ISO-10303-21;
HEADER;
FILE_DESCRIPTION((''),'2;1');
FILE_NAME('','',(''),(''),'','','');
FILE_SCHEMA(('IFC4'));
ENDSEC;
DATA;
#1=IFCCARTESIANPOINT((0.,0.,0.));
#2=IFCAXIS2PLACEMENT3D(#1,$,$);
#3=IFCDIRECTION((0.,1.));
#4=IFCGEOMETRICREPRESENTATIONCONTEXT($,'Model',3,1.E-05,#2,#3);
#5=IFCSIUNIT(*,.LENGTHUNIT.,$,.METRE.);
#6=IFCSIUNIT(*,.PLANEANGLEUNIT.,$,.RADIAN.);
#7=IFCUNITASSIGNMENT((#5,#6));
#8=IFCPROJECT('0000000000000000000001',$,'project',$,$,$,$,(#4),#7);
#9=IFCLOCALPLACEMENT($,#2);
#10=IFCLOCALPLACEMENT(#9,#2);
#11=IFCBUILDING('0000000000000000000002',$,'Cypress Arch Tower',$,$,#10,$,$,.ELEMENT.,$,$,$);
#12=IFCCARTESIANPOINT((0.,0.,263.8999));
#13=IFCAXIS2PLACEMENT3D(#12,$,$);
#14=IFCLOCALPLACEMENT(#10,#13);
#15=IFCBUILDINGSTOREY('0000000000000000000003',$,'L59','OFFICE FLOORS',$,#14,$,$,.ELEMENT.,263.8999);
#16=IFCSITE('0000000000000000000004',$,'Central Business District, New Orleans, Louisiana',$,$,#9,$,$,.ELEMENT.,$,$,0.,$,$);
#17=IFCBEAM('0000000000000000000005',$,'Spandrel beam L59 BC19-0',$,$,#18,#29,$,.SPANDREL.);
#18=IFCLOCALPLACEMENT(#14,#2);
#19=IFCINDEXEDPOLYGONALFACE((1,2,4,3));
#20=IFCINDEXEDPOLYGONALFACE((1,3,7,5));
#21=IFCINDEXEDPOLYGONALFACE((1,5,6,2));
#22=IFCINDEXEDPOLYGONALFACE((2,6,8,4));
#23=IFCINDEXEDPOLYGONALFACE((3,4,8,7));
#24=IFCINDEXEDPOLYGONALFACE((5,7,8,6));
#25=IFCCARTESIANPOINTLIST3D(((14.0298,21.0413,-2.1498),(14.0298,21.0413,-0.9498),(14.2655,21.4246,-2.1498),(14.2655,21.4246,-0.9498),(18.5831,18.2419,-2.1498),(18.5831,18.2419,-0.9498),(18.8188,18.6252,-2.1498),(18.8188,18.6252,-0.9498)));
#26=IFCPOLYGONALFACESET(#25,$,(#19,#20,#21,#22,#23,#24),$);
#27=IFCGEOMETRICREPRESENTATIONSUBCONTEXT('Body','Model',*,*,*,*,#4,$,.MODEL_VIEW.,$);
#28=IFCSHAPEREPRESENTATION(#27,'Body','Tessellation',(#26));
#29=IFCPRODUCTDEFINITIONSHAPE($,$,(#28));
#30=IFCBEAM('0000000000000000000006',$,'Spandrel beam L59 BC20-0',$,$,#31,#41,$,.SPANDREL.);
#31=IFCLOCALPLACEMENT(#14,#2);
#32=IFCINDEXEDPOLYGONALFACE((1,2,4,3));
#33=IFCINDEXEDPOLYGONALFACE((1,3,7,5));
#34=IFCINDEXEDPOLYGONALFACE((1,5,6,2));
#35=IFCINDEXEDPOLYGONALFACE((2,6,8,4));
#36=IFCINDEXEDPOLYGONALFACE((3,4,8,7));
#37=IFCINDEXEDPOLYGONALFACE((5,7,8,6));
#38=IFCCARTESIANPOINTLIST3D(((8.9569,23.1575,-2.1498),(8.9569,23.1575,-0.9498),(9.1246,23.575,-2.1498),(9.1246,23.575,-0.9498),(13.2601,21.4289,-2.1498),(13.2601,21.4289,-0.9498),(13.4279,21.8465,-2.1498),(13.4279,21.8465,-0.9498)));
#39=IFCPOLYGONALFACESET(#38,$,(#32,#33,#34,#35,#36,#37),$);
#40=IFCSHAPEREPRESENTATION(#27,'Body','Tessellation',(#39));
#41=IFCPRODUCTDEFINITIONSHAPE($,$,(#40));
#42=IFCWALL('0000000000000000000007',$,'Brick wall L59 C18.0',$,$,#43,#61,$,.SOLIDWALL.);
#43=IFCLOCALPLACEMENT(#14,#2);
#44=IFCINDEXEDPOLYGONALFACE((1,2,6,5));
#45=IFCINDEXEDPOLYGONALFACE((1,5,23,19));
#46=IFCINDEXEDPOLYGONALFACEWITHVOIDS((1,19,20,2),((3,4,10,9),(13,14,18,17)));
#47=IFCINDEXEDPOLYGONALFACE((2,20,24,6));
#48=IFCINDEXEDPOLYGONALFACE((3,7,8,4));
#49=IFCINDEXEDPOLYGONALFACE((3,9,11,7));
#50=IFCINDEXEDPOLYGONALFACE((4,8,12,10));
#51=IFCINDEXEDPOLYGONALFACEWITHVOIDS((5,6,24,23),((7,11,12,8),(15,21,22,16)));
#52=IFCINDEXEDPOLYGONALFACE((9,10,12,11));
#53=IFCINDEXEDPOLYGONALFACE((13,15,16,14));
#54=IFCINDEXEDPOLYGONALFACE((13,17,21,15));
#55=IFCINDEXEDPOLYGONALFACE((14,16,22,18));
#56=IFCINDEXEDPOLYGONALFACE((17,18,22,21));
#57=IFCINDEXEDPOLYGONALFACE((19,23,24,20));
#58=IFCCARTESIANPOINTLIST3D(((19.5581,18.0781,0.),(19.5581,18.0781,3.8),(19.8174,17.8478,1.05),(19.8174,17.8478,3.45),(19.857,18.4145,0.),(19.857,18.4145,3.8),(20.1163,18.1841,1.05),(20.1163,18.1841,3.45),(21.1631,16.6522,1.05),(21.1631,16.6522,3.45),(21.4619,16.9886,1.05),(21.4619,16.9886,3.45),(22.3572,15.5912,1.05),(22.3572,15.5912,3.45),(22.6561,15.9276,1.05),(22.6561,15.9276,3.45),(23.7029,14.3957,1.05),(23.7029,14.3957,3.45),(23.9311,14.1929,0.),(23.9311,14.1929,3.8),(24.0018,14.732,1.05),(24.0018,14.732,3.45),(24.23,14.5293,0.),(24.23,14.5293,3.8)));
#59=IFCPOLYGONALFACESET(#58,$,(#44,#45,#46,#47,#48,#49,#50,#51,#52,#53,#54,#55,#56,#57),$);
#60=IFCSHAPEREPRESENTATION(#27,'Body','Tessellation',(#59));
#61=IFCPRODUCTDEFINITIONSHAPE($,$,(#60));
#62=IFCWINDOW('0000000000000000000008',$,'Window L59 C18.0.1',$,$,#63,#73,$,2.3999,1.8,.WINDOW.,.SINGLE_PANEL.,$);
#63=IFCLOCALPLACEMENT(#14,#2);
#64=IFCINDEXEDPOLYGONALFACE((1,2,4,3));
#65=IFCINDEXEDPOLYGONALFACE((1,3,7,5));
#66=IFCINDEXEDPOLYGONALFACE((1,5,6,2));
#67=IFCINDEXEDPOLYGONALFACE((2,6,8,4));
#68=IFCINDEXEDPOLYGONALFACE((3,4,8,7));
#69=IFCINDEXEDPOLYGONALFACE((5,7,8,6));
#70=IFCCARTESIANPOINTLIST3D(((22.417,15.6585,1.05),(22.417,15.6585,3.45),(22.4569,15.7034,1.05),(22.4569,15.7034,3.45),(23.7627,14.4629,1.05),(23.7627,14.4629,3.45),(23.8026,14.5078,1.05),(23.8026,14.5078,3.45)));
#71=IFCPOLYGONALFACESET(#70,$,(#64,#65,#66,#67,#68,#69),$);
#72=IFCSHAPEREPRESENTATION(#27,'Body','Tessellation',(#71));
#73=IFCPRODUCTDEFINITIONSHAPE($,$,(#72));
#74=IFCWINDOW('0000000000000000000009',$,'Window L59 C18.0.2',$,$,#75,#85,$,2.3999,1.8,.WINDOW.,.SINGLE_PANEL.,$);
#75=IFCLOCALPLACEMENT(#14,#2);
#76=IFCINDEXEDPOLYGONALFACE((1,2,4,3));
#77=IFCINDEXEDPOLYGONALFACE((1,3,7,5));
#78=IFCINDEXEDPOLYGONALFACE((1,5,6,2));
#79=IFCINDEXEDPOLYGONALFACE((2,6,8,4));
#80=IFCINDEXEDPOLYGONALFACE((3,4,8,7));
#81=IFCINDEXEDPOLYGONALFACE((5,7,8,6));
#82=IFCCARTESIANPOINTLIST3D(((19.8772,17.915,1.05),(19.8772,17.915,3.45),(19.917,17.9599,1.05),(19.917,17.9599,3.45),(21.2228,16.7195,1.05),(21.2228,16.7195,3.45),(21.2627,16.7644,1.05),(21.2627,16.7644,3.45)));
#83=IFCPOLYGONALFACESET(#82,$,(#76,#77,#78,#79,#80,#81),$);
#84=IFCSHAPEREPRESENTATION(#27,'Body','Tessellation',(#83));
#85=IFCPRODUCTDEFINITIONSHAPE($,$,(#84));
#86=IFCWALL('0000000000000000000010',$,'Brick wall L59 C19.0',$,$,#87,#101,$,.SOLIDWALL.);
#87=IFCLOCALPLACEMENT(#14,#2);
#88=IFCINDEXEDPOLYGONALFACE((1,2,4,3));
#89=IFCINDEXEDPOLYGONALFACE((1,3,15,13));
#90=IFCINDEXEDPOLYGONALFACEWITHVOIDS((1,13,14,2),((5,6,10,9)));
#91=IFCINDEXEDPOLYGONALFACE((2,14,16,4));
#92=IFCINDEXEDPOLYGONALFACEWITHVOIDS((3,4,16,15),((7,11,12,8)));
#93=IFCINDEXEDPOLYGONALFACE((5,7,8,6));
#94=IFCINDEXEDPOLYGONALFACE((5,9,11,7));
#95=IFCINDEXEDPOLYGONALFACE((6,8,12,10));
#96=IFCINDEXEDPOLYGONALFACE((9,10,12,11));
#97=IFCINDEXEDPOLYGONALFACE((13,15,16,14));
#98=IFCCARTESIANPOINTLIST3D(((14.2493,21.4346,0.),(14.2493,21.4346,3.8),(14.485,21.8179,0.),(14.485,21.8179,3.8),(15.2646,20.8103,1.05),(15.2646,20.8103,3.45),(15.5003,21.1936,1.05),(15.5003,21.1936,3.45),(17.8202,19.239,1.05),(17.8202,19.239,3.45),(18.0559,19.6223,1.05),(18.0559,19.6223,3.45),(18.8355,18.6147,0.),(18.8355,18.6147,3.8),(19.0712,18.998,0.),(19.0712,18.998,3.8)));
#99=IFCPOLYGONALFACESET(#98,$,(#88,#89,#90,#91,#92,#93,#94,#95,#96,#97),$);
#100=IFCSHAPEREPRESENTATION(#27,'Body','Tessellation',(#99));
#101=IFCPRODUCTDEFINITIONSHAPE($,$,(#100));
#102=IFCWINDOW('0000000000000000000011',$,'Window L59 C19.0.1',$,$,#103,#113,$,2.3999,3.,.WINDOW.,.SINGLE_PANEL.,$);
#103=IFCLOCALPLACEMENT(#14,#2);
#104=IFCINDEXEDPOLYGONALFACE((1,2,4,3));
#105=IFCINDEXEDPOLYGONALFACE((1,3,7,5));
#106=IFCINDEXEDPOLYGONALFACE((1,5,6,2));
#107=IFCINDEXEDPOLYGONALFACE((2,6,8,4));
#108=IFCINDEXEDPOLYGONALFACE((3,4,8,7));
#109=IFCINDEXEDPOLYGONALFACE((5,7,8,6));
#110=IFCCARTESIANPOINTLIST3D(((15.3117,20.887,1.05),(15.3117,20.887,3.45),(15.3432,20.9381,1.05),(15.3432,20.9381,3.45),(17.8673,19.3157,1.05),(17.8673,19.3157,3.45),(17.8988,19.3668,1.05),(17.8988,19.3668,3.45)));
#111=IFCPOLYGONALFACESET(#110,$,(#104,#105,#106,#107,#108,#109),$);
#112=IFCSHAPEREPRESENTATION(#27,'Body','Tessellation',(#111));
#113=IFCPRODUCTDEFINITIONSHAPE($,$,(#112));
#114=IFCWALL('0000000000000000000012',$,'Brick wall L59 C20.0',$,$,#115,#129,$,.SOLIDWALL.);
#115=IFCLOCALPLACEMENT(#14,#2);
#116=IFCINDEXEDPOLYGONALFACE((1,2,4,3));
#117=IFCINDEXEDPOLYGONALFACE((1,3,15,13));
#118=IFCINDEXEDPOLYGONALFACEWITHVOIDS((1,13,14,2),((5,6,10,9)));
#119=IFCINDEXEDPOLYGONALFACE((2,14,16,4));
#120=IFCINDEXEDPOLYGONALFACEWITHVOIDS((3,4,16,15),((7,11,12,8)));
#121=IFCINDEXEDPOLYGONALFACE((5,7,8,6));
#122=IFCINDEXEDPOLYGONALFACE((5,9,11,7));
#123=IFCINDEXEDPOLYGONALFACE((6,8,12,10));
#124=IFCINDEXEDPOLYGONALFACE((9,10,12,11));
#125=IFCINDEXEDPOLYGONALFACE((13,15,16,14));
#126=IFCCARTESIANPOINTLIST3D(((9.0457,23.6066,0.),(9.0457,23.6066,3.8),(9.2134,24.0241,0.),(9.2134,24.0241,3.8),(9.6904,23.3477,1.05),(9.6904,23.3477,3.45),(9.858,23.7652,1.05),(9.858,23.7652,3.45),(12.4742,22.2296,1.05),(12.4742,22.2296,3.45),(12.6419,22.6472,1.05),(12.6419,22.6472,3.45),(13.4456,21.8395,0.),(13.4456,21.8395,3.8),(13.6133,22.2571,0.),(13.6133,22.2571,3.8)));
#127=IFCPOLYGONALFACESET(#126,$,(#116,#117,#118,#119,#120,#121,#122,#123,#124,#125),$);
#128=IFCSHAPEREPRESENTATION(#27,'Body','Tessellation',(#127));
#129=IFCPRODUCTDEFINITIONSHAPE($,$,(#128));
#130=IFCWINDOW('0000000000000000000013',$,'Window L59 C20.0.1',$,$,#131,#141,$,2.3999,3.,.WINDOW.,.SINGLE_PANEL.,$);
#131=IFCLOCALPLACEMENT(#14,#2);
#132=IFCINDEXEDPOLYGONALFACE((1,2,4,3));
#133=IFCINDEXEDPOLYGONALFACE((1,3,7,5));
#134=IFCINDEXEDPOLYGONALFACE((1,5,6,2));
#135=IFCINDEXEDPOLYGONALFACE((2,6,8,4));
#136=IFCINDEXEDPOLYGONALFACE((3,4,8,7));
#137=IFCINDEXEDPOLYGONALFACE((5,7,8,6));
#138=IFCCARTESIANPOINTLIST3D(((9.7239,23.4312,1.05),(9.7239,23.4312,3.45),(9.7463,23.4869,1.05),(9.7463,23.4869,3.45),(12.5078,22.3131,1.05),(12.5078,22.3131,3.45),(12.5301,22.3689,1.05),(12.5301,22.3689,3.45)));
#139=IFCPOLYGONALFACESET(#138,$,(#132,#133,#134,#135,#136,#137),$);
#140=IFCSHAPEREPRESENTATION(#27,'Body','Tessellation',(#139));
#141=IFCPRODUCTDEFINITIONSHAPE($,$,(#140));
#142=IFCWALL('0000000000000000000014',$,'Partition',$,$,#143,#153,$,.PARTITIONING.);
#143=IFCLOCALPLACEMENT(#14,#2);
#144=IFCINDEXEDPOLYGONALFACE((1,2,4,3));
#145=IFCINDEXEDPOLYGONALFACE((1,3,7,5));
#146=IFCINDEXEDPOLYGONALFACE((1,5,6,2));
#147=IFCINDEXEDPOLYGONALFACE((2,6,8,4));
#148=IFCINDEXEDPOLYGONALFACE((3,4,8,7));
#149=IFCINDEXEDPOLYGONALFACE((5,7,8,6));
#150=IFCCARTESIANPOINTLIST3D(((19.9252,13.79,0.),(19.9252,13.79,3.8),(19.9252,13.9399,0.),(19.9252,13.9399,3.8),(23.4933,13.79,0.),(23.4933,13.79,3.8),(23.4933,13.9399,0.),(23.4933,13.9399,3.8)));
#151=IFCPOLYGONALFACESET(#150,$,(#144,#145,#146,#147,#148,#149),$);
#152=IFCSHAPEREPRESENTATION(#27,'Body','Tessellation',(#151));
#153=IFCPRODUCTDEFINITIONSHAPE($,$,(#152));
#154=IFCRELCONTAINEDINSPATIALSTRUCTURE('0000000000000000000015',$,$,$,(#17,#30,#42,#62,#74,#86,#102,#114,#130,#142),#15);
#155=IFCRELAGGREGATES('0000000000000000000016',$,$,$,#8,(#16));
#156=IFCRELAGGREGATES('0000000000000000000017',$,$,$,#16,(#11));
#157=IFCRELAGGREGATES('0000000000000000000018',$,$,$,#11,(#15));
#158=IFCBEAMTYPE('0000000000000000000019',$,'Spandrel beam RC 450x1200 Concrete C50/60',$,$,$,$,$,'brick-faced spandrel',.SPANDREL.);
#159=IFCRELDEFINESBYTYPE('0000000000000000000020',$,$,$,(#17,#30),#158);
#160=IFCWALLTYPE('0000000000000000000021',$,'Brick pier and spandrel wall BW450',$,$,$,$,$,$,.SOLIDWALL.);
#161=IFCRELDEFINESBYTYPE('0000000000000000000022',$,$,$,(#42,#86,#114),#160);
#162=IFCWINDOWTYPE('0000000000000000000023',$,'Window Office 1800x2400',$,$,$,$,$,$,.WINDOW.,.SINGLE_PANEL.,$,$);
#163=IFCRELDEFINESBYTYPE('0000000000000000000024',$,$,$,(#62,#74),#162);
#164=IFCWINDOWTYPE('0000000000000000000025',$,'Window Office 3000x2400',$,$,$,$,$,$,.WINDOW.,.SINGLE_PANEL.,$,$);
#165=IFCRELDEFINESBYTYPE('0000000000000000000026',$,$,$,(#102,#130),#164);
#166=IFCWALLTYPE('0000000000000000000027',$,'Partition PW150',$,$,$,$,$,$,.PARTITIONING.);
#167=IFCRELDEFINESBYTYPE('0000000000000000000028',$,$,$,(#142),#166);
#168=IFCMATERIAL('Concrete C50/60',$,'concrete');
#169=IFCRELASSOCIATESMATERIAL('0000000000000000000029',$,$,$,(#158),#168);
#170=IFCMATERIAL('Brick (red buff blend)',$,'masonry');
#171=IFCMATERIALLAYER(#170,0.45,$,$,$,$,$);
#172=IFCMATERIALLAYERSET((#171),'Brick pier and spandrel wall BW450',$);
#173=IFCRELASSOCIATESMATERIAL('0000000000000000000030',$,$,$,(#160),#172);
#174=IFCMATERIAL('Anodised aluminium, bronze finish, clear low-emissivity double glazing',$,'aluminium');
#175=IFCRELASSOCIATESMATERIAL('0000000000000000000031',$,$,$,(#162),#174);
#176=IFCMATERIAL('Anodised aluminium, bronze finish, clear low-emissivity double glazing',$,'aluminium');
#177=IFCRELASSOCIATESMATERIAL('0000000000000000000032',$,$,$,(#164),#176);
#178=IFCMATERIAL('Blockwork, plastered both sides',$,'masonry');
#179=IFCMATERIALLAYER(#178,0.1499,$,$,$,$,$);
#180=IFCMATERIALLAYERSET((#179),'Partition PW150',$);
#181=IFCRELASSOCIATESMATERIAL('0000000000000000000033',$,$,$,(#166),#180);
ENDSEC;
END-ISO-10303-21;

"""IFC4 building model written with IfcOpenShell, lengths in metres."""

from ifc_helpers import new_model, si_unit, direction, frame, frame_2d, origin, origin_2d, place, context, subcontext, project, spatial, rectangle, extrude, material, layer, layer_set, material_profile, profile_set, type_object, element, fill, save


model = new_model("IFC4")

# Units and contexts
model_context = context("Model", 3, precision=1e-05, world=origin(), true_north=direction((0.0, 1.0)))
body_context = subcontext(model_context, "Body", "Model", "MODEL_VIEW")
ifc_project = project(units=[si_unit("LENGTHUNIT", "METRE"), si_unit("PLANEANGLEUNIT", "RADIAN")], contexts=[model_context])

# Site, building, storey
site_placement = place(None, origin())
site = spatial("IfcSite", under=ifc_project, at=site_placement, Name="Central Business District, New Orleans, Louisiana", CompositionType="ELEMENT", RefElevation=0.0)
building_placement = place(site_placement, origin())
building = spatial("IfcBuilding", under=site, at=building_placement, Name="Cypress Arch Tower", CompositionType="ELEMENT")
storey_placement = place(building_placement, frame((0.0, 0.0, 263.8999)))
storey = spatial("IfcBuildingStorey", under=building, at=storey_placement, Name="L59", Description="OFFICE FLOORS", CompositionType="ELEMENT", Elevation=263.8999)

# Beams
ifc_material_1 = material(Name="Concrete C50/60", Category="concrete")
ifc_material_profile_1 = material_profile(ifc_material_1, rectangle(XDim=0.45, YDim=1.2, at=origin_2d()), Name="RC 450x1200")
ifc_profile_set_1 = profile_set([ifc_material_profile_1], Name="Concrete C50/60")
beam_type = type_object("IfcBeamType", Name="Spandrel beam RC 450x1200 Concrete C50/60", ElementType="brick-faced spandrel", PredefinedType="SPANDREL", material=ifc_profile_set_1)
beam_1_placement = place(storey_placement, frame((18.7009, 18.4336, -1.5498), z_axis=(-0.851881, 0.523735, 0.0), x_axis=(-0.523735, -0.851881, 0.0)))
element("IfcBeam", 1, at=beam_1_placement, inside=storey, type_object=beam_type, Name="Spandrel beam L59 BC19-0", PredefinedType="SPANDREL", context=body_context, shape_type="SweptSolid", body=[
    extrude(rectangle(XDim=0.45, YDim=1.2, at=origin_2d()), origin(), (0.0, 0.0, 1.0), 5.345),
])
beam_2_placement = place(storey_placement, frame((13.344, 21.6377, -1.5498), z_axis=(-0.927938, 0.372734, 0.0), x_axis=(-0.372734, -0.927938, 0.0)))
element("IfcBeam", 2, at=beam_2_placement, inside=storey, type_object=beam_type, Name="Spandrel beam L59 BC20-0", PredefinedType="SPANDREL", context=body_context, shape_type="SweptSolid", body=[
    extrude(rectangle(XDim=0.45, YDim=1.2, at=origin_2d()), origin(), (0.0, 0.0, 1.0), 4.6375),
])

# Wall, openings, windows
ifc_material_2 = material(Name="Brick (red buff blend)", Category="masonry")
ifc_layer_1 = layer(ifc_material_2, 0.45)
ifc_layer_set_1 = layer_set([ifc_layer_1], Name="Brick pier and spandrel wall BW450")
wall_type_1 = type_object("IfcWallType", Name="Brick pier and spandrel wall BW450", PredefinedType="SOLIDWALL", material=ifc_layer_set_1)
wall_1_placement = place(storey_placement, frame((24.0806, 14.3611, 0.0), z_axis=(0.0, 0.0, 1.0), x_axis=(-0.74757, 0.664182, 0.0)))
wall_1 = element("IfcWall", 3, at=wall_1_placement, inside=storey, type_object=wall_type_1, Name="Brick wall L59 C18.0", PredefinedType="SOLIDWALL", context=body_context, shape_type="SweptSolid", body=[
    extrude(rectangle(XDim=5.8496, YDim=0.45, at=frame_2d((2.9248, 0.0))), origin(), (0.0, 0.0, 1.0), 3.8),
])
opening_1_placement = place(wall_1_placement, frame((0.3054, 0.0, 1.05)))
opening_1 = element("IfcOpeningElement", 4, at=opening_1_placement, cuts=wall_1, PredefinedType="OPENING", context=body_context, shape_type="SweptSolid", body=[
    extrude(rectangle(XDim=1.8, YDim=2.3999, at=frame_2d((0.8999, 1.2))), frame((0.0, 0.2349, 0.0), z_axis=(0.0, -1.0, 0.0), x_axis=(1.0, 0.0, 0.0)), (0.0, 0.0, 1.0), 0.47),
])
opening_2_placement = place(wall_1_placement, frame((3.7029, 0.0, 1.05)))
opening_2 = element("IfcOpeningElement", 5, at=opening_2_placement, cuts=wall_1, PredefinedType="OPENING", context=body_context, shape_type="SweptSolid", body=[
    extrude(rectangle(XDim=1.8, YDim=2.3999, at=frame_2d((0.8999, 1.2))), frame((0.0, 0.2349, 0.0), z_axis=(0.0, -1.0, 0.0), x_axis=(1.0, 0.0, 0.0)), (0.0, 0.0, 1.0), 0.47),
])
ifc_material_3 = material(Name="Anodised aluminium, bronze finish, clear low-emissivity double glazing", Category="aluminium")
window_type_1 = type_object("IfcWindowType", Name="Window Office 1800x2400", PartitioningType="SINGLE_PANEL", PredefinedType="WINDOW", material=ifc_material_3)
window_1_placement = place(opening_1_placement, origin())
window_1 = element("IfcWindow", 6, at=window_1_placement, inside=storey, type_object=window_type_1, Name="Window L59 C18.0.1", OverallHeight=2.3999, OverallWidth=1.8, PartitioningType="SINGLE_PANEL", PredefinedType="WINDOW", context=body_context, shape_type="SweptSolid", body=[
    extrude(rectangle(XDim=1.8, YDim=2.3999, at=frame_2d((0.8999, 1.2))), frame((0.0, 0.135, 0.0), z_axis=(0.0, -1.0, 0.0), x_axis=(1.0, 0.0, 0.0)), (0.0, 0.0, 1.0), 0.0601),
])
fill(opening_1, window_1)
window_2_placement = place(opening_2_placement, origin())
window_2 = element("IfcWindow", 7, at=window_2_placement, inside=storey, type_object=window_type_1, Name="Window L59 C18.0.2", OverallHeight=2.3999, OverallWidth=1.8, PartitioningType="SINGLE_PANEL", PredefinedType="WINDOW", context=body_context, shape_type="SweptSolid", body=[
    extrude(rectangle(XDim=1.8, YDim=2.3999, at=frame_2d((0.8999, 1.2))), frame((0.0, 0.135, 0.0), z_axis=(0.0, -1.0, 0.0), x_axis=(1.0, 0.0, 0.0)), (0.0, 0.0, 1.0), 0.0601),
])
fill(opening_2, window_2)

# Walls, openings, windows
wall_2_placement = place(storey_placement, frame((18.9534, 18.8064, 0.0), z_axis=(0.0, 0.0, 1.0), x_axis=(-0.851861, 0.523768, 0.0)))
wall_2 = element("IfcWall", 8, at=wall_2_placement, inside=storey, type_object=wall_type_1, Name="Brick wall L59 C19.0", PredefinedType="SOLIDWALL", context=body_context, shape_type="SweptSolid", body=[
    extrude(rectangle(XDim=5.3838, YDim=0.45, at=frame_2d((2.6919, 0.0))), origin(), (0.0, 0.0, 1.0), 3.8),
])
opening_3_placement = place(wall_2_placement, frame((1.1919, 0.0, 1.05)))
opening_3 = element("IfcOpeningElement", 9, at=opening_3_placement, cuts=wall_2, PredefinedType="OPENING", context=body_context, shape_type="SweptSolid", body=[
    extrude(rectangle(XDim=3.0, YDim=2.3999, at=frame_2d((1.5, 1.2))), frame((0.0, 0.2349, 0.0), z_axis=(0.0, -1.0, 0.0), x_axis=(1.0, 0.0, 0.0)), (0.0, 0.0, 1.0), 0.47),
])
ifc_material_4 = material(Name="Anodised aluminium, bronze finish, clear low-emissivity double glazing", Category="aluminium")
window_type_2 = type_object("IfcWindowType", Name="Window Office 3000x2400", PartitioningType="SINGLE_PANEL", PredefinedType="WINDOW", material=ifc_material_4)
window_3_placement = place(opening_3_placement, origin())
window_3 = element("IfcWindow", 10, at=window_3_placement, inside=storey, type_object=window_type_2, Name="Window L59 C19.0.1", OverallHeight=2.3999, OverallWidth=3.0, PartitioningType="SINGLE_PANEL", PredefinedType="WINDOW", context=body_context, shape_type="SweptSolid", body=[
    extrude(rectangle(XDim=3.0, YDim=2.3999, at=frame_2d((1.5, 1.2))), frame((0.0, 0.135, 0.0), z_axis=(0.0, -1.0, 0.0), x_axis=(1.0, 0.0, 0.0)), (0.0, 0.0, 1.0), 0.0601),
])
fill(opening_3, window_3)
wall_3_placement = place(storey_placement, frame((13.5293, 22.0483, 0.0), z_axis=(0.0, 0.0, 1.0), x_axis=(-0.927957, 0.372686, 0.0)))
wall_3 = element("IfcWall", 11, at=wall_3_placement, inside=storey, type_object=wall_type_1, Name="Brick wall L59 C20.0", PredefinedType="SOLIDWALL", context=body_context, shape_type="SweptSolid", body=[
    extrude(rectangle(XDim=4.7415, YDim=0.45, at=frame_2d((2.3706, 0.0))), origin(), (0.0, 0.0, 1.0), 3.8),
])
opening_4_placement = place(wall_3_placement, frame((1.0466, 0.0, 1.05)))
opening_4 = element("IfcOpeningElement", 12, at=opening_4_placement, cuts=wall_3, PredefinedType="OPENING", context=body_context, shape_type="SweptSolid", body=[
    extrude(rectangle(XDim=3.0, YDim=2.3999, at=frame_2d((1.5, 1.2))), frame((0.0, 0.2349, 0.0), z_axis=(0.0, -1.0, 0.0), x_axis=(1.0, 0.0, 0.0)), (0.0, 0.0, 1.0), 0.47),
])
window_4_placement = place(opening_4_placement, origin())
window_4 = element("IfcWindow", 13, at=window_4_placement, inside=storey, type_object=window_type_2, Name="Window L59 C20.0.1", OverallHeight=2.3999, OverallWidth=3.0, PartitioningType="SINGLE_PANEL", PredefinedType="WINDOW", context=body_context, shape_type="SweptSolid", body=[
    extrude(rectangle(XDim=3.0, YDim=2.3999, at=frame_2d((1.5, 1.2))), frame((0.0, 0.135, 0.0), z_axis=(0.0, -1.0, 0.0), x_axis=(1.0, 0.0, 0.0)), (0.0, 0.0, 1.0), 0.0601),
])
fill(opening_4, window_4)

# Wall
ifc_material_5 = material(Name="Blockwork, plastered both sides", Category="masonry")
ifc_layer_2 = layer(ifc_material_5, 0.1499)
ifc_layer_set_2 = layer_set([ifc_layer_2], Name="Partition PW150")
wall_type_2 = type_object("IfcWallType", Name="Partition PW150", PredefinedType="PARTITIONING", material=ifc_layer_set_2)
wall_4_placement = place(storey_placement, frame((19.925, 13.865, 0.0), z_axis=(0.0, 0.0, 1.0), x_axis=(1.0, 0.0, 0.0)))
element("IfcWall", 14, at=wall_4_placement, inside=storey, type_object=wall_type_2, Name="Partition", PredefinedType="PARTITIONING", context=body_context, shape_type="SweptSolid", body=[
    extrude(rectangle(XDim=3.5681, YDim=0.1499, at=frame_2d((1.7842, 0.0))), origin(), (0.0, 0.0, 1.0), 3.8),
])

save(model, "model.ifc")
